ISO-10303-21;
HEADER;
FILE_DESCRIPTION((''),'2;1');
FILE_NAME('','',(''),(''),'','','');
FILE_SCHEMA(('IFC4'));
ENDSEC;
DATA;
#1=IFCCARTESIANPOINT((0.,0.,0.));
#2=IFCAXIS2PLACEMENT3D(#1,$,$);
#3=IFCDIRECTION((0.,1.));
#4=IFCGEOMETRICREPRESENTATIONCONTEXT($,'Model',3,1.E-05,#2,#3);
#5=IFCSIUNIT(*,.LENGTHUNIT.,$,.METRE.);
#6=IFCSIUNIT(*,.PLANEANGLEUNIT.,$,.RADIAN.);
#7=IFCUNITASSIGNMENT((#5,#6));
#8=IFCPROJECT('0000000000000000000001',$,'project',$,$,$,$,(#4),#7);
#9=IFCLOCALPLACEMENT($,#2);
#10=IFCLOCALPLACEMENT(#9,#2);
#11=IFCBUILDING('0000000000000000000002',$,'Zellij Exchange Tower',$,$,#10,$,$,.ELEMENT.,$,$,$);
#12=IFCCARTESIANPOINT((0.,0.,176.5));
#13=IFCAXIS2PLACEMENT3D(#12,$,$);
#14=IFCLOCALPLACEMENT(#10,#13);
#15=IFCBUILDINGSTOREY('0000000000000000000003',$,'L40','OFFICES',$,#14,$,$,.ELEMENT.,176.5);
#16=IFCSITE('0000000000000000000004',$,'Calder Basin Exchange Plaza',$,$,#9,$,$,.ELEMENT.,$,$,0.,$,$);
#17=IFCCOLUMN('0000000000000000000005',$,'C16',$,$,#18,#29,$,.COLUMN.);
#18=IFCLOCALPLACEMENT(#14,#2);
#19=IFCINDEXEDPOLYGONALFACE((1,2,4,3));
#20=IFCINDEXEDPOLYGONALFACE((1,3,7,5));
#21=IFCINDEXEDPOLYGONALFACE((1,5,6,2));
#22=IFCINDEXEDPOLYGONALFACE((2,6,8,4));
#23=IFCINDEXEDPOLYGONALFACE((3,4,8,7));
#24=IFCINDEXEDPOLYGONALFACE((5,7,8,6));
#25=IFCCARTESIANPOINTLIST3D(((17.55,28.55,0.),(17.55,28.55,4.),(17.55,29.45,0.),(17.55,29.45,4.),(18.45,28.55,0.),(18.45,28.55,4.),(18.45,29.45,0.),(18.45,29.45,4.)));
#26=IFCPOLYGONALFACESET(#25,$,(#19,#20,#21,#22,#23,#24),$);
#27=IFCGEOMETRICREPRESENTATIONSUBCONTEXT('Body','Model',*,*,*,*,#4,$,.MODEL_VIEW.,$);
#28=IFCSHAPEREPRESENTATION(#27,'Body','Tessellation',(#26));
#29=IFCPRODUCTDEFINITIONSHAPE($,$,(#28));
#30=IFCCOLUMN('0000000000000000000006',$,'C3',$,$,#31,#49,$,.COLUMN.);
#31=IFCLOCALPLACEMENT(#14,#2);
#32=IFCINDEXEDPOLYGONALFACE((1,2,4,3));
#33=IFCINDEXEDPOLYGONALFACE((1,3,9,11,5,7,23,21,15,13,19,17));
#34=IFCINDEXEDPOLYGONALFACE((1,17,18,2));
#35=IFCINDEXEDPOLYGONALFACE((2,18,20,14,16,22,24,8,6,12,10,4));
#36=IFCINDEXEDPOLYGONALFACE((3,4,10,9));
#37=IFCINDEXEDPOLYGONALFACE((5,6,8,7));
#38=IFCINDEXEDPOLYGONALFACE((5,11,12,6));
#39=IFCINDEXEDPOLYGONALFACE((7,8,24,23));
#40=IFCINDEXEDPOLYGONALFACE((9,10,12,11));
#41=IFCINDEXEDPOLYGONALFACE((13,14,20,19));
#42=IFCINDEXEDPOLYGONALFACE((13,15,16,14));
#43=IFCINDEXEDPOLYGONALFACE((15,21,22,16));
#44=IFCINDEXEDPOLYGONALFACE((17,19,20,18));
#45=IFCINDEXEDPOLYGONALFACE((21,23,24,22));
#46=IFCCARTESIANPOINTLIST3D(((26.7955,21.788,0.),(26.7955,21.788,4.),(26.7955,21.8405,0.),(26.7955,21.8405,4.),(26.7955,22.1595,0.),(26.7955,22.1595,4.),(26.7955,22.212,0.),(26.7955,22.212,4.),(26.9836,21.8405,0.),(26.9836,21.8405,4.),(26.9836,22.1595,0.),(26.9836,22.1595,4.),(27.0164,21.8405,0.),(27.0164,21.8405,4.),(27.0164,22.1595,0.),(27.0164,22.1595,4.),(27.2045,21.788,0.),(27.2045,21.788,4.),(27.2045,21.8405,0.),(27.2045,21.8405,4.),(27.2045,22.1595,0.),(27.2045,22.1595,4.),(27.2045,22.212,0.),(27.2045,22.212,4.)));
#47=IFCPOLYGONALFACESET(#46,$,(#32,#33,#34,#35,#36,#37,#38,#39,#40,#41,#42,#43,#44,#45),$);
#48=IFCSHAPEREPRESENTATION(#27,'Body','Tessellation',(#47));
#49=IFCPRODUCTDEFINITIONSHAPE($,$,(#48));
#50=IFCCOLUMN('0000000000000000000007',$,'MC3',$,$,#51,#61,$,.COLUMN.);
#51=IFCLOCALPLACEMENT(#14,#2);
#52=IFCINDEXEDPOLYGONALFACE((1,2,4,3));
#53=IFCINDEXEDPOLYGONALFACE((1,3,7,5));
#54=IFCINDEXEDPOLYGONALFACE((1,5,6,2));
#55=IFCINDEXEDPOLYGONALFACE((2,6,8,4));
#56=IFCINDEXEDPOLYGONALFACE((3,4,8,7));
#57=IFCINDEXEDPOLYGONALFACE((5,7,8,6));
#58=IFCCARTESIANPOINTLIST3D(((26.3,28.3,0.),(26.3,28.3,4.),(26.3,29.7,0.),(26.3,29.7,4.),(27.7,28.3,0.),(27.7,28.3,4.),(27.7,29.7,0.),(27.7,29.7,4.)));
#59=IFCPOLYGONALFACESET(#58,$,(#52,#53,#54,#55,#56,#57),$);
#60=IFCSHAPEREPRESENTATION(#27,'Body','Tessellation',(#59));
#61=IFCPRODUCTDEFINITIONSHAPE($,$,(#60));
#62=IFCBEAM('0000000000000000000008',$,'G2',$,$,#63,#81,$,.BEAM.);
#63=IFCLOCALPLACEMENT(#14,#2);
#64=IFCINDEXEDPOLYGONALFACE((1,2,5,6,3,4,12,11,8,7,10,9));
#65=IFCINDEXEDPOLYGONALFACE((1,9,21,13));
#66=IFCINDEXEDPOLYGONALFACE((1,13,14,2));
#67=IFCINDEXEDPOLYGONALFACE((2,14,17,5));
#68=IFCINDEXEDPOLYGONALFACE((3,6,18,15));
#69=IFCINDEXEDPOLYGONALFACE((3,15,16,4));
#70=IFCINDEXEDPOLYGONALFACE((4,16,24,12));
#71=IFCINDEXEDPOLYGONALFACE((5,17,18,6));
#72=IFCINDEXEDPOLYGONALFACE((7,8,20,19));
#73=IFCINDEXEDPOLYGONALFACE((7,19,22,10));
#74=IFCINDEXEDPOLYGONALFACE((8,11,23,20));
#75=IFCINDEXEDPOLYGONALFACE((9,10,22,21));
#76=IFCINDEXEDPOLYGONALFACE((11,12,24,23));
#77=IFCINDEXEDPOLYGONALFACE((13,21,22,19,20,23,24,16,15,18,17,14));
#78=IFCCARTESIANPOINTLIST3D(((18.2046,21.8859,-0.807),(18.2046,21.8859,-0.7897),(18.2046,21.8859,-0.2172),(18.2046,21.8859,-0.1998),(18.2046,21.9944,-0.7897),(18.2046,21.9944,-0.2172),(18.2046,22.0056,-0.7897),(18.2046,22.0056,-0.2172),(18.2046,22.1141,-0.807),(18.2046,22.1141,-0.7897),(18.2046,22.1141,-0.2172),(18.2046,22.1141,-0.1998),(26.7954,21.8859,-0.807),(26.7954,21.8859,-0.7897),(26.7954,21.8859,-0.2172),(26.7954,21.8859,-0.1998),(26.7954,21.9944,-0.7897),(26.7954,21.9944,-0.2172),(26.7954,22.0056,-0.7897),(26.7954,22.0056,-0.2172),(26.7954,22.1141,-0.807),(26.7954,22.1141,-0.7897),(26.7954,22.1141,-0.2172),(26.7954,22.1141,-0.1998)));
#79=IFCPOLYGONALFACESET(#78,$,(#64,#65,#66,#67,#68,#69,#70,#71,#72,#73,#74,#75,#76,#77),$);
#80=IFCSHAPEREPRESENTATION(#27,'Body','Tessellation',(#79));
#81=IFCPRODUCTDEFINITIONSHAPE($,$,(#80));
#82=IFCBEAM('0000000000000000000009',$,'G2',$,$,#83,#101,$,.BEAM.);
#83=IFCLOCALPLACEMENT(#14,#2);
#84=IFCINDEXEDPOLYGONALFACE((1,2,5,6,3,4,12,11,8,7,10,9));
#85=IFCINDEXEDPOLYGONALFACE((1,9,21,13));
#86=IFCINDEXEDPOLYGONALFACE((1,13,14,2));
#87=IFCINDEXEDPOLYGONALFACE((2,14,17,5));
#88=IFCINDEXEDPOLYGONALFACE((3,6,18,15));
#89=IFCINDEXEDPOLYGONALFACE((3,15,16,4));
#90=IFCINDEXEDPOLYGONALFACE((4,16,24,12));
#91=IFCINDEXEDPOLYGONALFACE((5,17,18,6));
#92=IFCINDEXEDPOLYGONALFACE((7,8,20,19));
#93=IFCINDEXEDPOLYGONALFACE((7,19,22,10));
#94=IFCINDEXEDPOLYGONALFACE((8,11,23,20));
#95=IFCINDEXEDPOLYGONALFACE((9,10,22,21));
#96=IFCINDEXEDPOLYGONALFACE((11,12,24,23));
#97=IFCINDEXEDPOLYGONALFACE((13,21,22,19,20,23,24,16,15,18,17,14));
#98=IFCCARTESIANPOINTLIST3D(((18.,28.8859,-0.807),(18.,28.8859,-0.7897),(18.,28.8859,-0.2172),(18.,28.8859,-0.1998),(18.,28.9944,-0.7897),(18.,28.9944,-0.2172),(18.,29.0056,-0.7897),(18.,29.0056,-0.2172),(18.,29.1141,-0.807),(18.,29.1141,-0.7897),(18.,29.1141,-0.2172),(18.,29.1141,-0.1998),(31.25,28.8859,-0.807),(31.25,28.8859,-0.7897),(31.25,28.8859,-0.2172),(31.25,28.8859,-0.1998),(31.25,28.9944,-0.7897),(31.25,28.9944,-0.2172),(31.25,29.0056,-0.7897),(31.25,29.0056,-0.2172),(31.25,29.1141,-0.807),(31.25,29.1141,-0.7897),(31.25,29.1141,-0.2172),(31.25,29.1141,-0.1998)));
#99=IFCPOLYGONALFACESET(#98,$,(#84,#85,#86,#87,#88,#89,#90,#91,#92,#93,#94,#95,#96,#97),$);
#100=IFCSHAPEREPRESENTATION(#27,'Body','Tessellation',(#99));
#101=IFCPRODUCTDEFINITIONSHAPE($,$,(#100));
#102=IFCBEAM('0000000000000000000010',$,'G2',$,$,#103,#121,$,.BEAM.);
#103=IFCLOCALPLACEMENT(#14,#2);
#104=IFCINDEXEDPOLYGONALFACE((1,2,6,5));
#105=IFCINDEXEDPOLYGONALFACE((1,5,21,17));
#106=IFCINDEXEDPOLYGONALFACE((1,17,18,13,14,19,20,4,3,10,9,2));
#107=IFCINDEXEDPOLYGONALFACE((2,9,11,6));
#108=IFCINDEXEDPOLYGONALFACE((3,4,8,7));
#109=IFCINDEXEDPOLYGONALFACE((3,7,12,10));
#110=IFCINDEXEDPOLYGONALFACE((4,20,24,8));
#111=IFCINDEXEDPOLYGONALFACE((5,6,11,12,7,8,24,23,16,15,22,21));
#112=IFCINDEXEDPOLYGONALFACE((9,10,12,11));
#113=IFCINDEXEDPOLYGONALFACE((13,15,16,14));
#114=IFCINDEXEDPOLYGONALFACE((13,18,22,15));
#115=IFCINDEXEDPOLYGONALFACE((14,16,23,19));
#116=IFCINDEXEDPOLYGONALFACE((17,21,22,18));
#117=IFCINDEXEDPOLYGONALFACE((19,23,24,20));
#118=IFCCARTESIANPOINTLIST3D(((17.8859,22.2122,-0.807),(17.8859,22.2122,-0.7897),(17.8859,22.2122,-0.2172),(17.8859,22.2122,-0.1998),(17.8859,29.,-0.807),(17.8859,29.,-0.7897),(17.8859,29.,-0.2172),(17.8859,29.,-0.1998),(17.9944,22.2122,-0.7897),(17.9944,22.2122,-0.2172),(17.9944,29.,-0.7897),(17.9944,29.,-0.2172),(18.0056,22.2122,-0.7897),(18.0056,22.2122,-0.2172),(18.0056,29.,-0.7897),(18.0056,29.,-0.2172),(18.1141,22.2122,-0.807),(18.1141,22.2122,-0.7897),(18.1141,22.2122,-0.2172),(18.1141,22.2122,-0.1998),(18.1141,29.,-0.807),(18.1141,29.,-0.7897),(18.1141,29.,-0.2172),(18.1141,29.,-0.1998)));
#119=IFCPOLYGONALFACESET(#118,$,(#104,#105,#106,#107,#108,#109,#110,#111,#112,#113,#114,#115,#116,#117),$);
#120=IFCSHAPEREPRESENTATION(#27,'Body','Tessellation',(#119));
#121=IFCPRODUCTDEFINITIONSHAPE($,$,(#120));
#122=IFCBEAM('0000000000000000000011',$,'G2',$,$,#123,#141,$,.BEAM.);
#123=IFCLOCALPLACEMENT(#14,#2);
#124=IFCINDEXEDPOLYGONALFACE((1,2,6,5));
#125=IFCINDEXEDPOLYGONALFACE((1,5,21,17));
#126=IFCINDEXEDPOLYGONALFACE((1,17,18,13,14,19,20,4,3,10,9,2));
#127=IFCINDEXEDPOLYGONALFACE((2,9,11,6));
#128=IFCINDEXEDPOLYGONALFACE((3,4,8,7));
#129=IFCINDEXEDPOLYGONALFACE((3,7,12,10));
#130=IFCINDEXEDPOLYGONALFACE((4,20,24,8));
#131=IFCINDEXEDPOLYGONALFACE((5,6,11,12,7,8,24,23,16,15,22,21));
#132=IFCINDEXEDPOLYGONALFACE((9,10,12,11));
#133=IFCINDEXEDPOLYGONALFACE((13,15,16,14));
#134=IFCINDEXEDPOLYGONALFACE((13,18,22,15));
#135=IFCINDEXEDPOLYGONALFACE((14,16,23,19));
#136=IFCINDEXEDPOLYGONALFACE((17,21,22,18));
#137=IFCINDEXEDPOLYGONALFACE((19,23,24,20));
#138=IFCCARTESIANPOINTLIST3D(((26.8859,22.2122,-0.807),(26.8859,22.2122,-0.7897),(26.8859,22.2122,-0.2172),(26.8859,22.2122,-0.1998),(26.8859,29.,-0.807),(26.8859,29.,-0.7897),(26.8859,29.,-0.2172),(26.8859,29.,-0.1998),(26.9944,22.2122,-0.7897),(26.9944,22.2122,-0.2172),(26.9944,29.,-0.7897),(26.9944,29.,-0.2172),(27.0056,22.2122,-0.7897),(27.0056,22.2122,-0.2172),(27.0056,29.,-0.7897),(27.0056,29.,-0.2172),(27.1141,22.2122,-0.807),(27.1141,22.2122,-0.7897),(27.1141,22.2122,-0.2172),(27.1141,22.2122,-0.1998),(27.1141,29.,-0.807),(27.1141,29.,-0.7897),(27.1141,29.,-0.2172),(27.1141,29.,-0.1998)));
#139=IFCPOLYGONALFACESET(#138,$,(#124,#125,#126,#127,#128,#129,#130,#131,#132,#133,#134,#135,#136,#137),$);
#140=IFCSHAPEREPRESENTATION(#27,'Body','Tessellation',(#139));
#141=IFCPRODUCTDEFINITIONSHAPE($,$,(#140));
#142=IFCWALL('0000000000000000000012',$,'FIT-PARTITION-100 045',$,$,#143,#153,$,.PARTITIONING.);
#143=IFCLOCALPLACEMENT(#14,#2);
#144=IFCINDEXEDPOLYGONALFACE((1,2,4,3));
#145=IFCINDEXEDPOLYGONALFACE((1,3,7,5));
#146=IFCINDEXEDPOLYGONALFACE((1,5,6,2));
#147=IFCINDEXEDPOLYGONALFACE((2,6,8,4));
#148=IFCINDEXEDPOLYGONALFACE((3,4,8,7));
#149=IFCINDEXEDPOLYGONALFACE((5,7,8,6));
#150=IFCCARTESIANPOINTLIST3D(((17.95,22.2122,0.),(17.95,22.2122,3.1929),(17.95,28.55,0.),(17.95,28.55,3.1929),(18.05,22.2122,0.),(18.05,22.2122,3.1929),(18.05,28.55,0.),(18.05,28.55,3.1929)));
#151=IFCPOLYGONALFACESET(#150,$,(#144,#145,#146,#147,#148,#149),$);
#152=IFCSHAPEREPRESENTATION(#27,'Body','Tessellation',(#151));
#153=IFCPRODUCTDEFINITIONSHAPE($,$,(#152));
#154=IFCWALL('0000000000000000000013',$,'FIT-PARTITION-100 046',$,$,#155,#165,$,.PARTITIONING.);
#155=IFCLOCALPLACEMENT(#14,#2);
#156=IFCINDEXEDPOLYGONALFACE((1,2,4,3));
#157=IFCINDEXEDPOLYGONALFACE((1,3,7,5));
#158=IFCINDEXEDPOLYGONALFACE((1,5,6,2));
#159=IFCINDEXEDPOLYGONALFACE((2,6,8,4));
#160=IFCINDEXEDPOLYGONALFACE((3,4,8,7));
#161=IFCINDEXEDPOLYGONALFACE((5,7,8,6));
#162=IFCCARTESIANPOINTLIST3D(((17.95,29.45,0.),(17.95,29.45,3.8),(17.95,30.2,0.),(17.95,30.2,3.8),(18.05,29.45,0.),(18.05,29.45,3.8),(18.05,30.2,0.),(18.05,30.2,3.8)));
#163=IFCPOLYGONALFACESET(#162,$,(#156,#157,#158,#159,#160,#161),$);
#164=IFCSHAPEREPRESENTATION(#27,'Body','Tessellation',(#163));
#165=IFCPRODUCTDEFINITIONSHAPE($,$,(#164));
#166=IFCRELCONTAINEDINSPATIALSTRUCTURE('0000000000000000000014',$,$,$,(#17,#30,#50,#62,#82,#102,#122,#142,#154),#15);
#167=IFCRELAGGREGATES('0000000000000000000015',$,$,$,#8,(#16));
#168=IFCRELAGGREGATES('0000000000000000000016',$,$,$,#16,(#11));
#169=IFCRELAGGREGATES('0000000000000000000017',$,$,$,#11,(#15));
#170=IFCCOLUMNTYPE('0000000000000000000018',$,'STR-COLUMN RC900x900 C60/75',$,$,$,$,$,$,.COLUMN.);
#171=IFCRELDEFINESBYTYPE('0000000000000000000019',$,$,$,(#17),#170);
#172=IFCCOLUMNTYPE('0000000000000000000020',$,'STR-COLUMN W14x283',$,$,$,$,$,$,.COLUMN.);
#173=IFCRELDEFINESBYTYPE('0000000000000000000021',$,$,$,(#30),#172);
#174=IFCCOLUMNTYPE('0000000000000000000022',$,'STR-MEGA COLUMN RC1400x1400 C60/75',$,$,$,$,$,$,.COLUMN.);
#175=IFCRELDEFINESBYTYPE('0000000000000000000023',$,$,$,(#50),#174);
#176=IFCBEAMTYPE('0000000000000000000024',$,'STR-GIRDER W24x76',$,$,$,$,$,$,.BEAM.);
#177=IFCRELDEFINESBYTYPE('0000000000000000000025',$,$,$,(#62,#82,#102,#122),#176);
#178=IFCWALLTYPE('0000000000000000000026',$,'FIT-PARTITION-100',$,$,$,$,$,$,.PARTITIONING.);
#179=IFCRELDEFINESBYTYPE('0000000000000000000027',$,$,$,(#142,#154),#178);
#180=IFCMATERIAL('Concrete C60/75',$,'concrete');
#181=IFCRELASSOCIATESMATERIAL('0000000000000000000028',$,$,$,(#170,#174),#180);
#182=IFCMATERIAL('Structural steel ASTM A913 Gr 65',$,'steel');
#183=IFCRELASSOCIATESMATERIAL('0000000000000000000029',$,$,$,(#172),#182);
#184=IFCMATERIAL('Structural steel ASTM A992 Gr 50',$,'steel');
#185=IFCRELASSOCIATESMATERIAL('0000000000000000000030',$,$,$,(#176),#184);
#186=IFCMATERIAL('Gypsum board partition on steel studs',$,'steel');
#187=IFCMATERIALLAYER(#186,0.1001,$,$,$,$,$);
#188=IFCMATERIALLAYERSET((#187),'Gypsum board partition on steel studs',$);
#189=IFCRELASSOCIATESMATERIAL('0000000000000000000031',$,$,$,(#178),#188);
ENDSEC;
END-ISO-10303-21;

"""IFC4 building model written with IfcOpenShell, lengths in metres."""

from ifc_helpers import new_model, si_unit, direction, frame, frame_2d, origin, origin_2d, place, context, subcontext, project, spatial, rectangle, i_section, extrude, material, layer, layer_set, material_profile, profile_set, type_object, element, save


model = new_model("IFC4")

# Units and contexts
model_context = context("Model", 3, precision=1e-05, world=origin(), true_north=direction((0.0, 1.0)))
body_context = subcontext(model_context, "Body", "Model", "MODEL_VIEW")
ifc_project = project(units=[si_unit("LENGTHUNIT", "METRE"), si_unit("PLANEANGLEUNIT", "RADIAN")], contexts=[model_context])

# Site, building, storey
site_placement = place(None, origin())
site = spatial("IfcSite", under=ifc_project, at=site_placement, Name="Calder Basin Exchange Plaza", CompositionType="ELEMENT", RefElevation=0.0)
building_placement = place(site_placement, origin())
building = spatial("IfcBuilding", under=site, at=building_placement, Name="Zellij Exchange Tower", CompositionType="ELEMENT")
storey_placement = place(building_placement, frame((0.0, 0.0, 176.5)))
storey = spatial("IfcBuildingStorey", under=building, at=storey_placement, Name="L40", Description="OFFICES", CompositionType="ELEMENT", Elevation=176.5)

# Columns
ifc_material_1 = material(Name="Concrete C60/75", Category="concrete")
ifc_material_profile_1 = material_profile(ifc_material_1, rectangle(XDim=0.8999, YDim=0.8999, at=origin_2d()), Name="STR-COLUMN RC900x900 C60/75")
ifc_profile_set_1 = profile_set([ifc_material_profile_1], Name="Concrete C60/75")
column_type_1 = type_object("IfcColumnType", Name="STR-COLUMN RC900x900 C60/75", PredefinedType="COLUMN", material=ifc_profile_set_1)
column_1_placement = place(storey_placement, frame((18.0, 29.0, 0.0), z_axis=(0.0, 0.0, 1.0), x_axis=(1.0, 0.0, 0.0)))
element("IfcColumn", 1, at=column_1_placement, inside=storey, type_object=column_type_1, Name="C16", PredefinedType="COLUMN", context=body_context, shape_type="SweptSolid", body=[
    extrude(rectangle(XDim=0.8999, YDim=0.8999, at=origin_2d()), origin(), (0.0, 0.0, 1.0), 4.0),
])
ifc_material_2 = material(Name="Structural steel ASTM A913 Gr 65", Category="steel")
ifc_material_profile_2 = material_profile(ifc_material_2, i_section(OverallWidth=0.4089, OverallDepth=0.4241, WebThickness=0.0327, FlangeThickness=0.0525, at=origin_2d()), Name="W14x283")
ifc_profile_set_2 = profile_set([ifc_material_profile_2], Name="Structural steel ASTM A913 Gr 65")
column_type_2 = type_object("IfcColumnType", Name="STR-COLUMN W14x283", PredefinedType="COLUMN", material=ifc_profile_set_2)
column_2_placement = place(storey_placement, frame((27.0, 22.0, 0.0), z_axis=(0.0, 0.0, 1.0), x_axis=(1.0, 0.0, 0.0)))
element("IfcColumn", 2, at=column_2_placement, inside=storey, type_object=column_type_2, Name="C3", PredefinedType="COLUMN", context=body_context, shape_type="SweptSolid", body=[
    extrude(i_section(OverallWidth=0.4089, OverallDepth=0.4241, WebThickness=0.0327, FlangeThickness=0.0525, at=origin_2d()), origin(), (0.0, 0.0, 1.0), 4.0),
])
ifc_material_profile_3 = material_profile(ifc_material_1, rectangle(XDim=1.3999, YDim=1.3999, at=origin_2d()), Name="STR-MEGA COLUMN RC1400x1400 C60/75")
ifc_profile_set_3 = profile_set([ifc_material_profile_3], Name="Concrete C60/75")
column_type_3 = type_object("IfcColumnType", Name="STR-MEGA COLUMN RC1400x1400 C60/75", PredefinedType="COLUMN", material=ifc_profile_set_3)
column_3_placement = place(storey_placement, frame((27.0, 29.0, 0.0), z_axis=(0.0, 0.0, 1.0), x_axis=(1.0, 0.0, 0.0)))
element("IfcColumn", 3, at=column_3_placement, inside=storey, type_object=column_type_3, Name="MC3", PredefinedType="COLUMN", context=body_context, shape_type="SweptSolid", body=[
    extrude(rectangle(XDim=1.3999, YDim=1.3999, at=origin_2d()), origin(), (0.0, 0.0, 1.0), 4.0),
])

# Beams
ifc_material_3 = material(Name="Structural steel ASTM A992 Gr 50", Category="steel")
ifc_material_profile_4 = material_profile(ifc_material_3, i_section(OverallWidth=0.2283, OverallDepth=0.6072, WebThickness=0.0112, FlangeThickness=0.0173, at=origin_2d()), Name="W24x76")
ifc_profile_set_4 = profile_set([ifc_material_profile_4], Name="Structural steel ASTM A992 Gr 50")
beam_type = type_object("IfcBeamType", Name="STR-GIRDER W24x76", PredefinedType="BEAM", material=ifc_profile_set_4)
beam_1_placement = place(storey_placement, frame((18.2046, 22.0, -0.5034), z_axis=(1.0, 0.0, 0.0), x_axis=(0.0, 1.0, 0.0)))
element("IfcBeam", 4, at=beam_1_placement, inside=storey, type_object=beam_type, Name="G2", PredefinedType="BEAM", context=body_context, shape_type="SweptSolid", body=[
    extrude(i_section(OverallWidth=0.2283, OverallDepth=0.6072, WebThickness=0.0112, FlangeThickness=0.0173, at=origin_2d()), origin(), (0.0, 0.0, 1.0), 8.5908),
])
beam_2_placement = place(storey_placement, frame((18.0, 29.0, -0.5034), z_axis=(1.0, 0.0, 0.0), x_axis=(0.0, 1.0, 0.0)))
element("IfcBeam", 5, at=beam_2_placement, inside=storey, type_object=beam_type, Name="G2", PredefinedType="BEAM", context=body_context, shape_type="SweptSolid", body=[
    extrude(i_section(OverallWidth=0.2283, OverallDepth=0.6072, WebThickness=0.0112, FlangeThickness=0.0173, at=origin_2d()), origin(), (0.0, 0.0, 1.0), 13.25),
])
for number, where, z_axis, x_axis, name in (
    (6, (18.0, 22.2122, -0.5034), (0.0, 1.0, 0.0), (-1.0, 0.0, 0.0), "G2"),
    (7, (27.0, 22.2122, -0.5034), (0.0, 1.0, 0.0), (-1.0, 0.0, 0.0), "G2"),
):
    element("IfcBeam", number, at=place(storey_placement, frame(where, z_axis=z_axis, x_axis=x_axis)), inside=storey, type_object=beam_type, Name=name, PredefinedType="BEAM", context=body_context, shape_type="SweptSolid", body=[
        extrude(i_section(OverallWidth=0.2283, OverallDepth=0.6072, WebThickness=0.0112, FlangeThickness=0.0173, at=origin_2d()), origin(), (0.0, 0.0, 1.0), 6.7878),
    ])

# Walls
ifc_material_4 = material(Name="Gypsum board partition on steel studs", Category="steel")
ifc_layer = layer(ifc_material_4, 0.1001)
ifc_layer_set = layer_set([ifc_layer], Name="Gypsum board partition on steel studs")
wall_type = type_object("IfcWallType", Name="FIT-PARTITION-100", PredefinedType="PARTITIONING", material=ifc_layer_set)
wall_1_placement = place(storey_placement, frame((18.0, 22.2122, 0.0), z_axis=(0.0, 0.0, 1.0), x_axis=(0.0, 1.0, 0.0)))
element("IfcWall", 8, at=wall_1_placement, inside=storey, type_object=wall_type, Name="FIT-PARTITION-100 045", PredefinedType="PARTITIONING", context=body_context, shape_type="SweptSolid", body=[
    extrude(rectangle(XDim=6.3379, YDim=0.1001, at=frame_2d((3.1689, 0.0))), origin(), (0.0, 0.0, 1.0), 3.1929),
])
wall_2_placement = place(storey_placement, frame((18.0, 29.45, 0.0), z_axis=(0.0, 0.0, 1.0), x_axis=(0.0, 1.0, 0.0)))
element("IfcWall", 9, at=wall_2_placement, inside=storey, type_object=wall_type, Name="FIT-PARTITION-100 046", PredefinedType="PARTITIONING", context=body_context, shape_type="SweptSolid", body=[
    extrude(rectangle(XDim=0.75, YDim=0.1001, at=frame_2d((0.375, 0.0))), origin(), (0.0, 0.0, 1.0), 3.8),
])

save(model, "model.ifc")
